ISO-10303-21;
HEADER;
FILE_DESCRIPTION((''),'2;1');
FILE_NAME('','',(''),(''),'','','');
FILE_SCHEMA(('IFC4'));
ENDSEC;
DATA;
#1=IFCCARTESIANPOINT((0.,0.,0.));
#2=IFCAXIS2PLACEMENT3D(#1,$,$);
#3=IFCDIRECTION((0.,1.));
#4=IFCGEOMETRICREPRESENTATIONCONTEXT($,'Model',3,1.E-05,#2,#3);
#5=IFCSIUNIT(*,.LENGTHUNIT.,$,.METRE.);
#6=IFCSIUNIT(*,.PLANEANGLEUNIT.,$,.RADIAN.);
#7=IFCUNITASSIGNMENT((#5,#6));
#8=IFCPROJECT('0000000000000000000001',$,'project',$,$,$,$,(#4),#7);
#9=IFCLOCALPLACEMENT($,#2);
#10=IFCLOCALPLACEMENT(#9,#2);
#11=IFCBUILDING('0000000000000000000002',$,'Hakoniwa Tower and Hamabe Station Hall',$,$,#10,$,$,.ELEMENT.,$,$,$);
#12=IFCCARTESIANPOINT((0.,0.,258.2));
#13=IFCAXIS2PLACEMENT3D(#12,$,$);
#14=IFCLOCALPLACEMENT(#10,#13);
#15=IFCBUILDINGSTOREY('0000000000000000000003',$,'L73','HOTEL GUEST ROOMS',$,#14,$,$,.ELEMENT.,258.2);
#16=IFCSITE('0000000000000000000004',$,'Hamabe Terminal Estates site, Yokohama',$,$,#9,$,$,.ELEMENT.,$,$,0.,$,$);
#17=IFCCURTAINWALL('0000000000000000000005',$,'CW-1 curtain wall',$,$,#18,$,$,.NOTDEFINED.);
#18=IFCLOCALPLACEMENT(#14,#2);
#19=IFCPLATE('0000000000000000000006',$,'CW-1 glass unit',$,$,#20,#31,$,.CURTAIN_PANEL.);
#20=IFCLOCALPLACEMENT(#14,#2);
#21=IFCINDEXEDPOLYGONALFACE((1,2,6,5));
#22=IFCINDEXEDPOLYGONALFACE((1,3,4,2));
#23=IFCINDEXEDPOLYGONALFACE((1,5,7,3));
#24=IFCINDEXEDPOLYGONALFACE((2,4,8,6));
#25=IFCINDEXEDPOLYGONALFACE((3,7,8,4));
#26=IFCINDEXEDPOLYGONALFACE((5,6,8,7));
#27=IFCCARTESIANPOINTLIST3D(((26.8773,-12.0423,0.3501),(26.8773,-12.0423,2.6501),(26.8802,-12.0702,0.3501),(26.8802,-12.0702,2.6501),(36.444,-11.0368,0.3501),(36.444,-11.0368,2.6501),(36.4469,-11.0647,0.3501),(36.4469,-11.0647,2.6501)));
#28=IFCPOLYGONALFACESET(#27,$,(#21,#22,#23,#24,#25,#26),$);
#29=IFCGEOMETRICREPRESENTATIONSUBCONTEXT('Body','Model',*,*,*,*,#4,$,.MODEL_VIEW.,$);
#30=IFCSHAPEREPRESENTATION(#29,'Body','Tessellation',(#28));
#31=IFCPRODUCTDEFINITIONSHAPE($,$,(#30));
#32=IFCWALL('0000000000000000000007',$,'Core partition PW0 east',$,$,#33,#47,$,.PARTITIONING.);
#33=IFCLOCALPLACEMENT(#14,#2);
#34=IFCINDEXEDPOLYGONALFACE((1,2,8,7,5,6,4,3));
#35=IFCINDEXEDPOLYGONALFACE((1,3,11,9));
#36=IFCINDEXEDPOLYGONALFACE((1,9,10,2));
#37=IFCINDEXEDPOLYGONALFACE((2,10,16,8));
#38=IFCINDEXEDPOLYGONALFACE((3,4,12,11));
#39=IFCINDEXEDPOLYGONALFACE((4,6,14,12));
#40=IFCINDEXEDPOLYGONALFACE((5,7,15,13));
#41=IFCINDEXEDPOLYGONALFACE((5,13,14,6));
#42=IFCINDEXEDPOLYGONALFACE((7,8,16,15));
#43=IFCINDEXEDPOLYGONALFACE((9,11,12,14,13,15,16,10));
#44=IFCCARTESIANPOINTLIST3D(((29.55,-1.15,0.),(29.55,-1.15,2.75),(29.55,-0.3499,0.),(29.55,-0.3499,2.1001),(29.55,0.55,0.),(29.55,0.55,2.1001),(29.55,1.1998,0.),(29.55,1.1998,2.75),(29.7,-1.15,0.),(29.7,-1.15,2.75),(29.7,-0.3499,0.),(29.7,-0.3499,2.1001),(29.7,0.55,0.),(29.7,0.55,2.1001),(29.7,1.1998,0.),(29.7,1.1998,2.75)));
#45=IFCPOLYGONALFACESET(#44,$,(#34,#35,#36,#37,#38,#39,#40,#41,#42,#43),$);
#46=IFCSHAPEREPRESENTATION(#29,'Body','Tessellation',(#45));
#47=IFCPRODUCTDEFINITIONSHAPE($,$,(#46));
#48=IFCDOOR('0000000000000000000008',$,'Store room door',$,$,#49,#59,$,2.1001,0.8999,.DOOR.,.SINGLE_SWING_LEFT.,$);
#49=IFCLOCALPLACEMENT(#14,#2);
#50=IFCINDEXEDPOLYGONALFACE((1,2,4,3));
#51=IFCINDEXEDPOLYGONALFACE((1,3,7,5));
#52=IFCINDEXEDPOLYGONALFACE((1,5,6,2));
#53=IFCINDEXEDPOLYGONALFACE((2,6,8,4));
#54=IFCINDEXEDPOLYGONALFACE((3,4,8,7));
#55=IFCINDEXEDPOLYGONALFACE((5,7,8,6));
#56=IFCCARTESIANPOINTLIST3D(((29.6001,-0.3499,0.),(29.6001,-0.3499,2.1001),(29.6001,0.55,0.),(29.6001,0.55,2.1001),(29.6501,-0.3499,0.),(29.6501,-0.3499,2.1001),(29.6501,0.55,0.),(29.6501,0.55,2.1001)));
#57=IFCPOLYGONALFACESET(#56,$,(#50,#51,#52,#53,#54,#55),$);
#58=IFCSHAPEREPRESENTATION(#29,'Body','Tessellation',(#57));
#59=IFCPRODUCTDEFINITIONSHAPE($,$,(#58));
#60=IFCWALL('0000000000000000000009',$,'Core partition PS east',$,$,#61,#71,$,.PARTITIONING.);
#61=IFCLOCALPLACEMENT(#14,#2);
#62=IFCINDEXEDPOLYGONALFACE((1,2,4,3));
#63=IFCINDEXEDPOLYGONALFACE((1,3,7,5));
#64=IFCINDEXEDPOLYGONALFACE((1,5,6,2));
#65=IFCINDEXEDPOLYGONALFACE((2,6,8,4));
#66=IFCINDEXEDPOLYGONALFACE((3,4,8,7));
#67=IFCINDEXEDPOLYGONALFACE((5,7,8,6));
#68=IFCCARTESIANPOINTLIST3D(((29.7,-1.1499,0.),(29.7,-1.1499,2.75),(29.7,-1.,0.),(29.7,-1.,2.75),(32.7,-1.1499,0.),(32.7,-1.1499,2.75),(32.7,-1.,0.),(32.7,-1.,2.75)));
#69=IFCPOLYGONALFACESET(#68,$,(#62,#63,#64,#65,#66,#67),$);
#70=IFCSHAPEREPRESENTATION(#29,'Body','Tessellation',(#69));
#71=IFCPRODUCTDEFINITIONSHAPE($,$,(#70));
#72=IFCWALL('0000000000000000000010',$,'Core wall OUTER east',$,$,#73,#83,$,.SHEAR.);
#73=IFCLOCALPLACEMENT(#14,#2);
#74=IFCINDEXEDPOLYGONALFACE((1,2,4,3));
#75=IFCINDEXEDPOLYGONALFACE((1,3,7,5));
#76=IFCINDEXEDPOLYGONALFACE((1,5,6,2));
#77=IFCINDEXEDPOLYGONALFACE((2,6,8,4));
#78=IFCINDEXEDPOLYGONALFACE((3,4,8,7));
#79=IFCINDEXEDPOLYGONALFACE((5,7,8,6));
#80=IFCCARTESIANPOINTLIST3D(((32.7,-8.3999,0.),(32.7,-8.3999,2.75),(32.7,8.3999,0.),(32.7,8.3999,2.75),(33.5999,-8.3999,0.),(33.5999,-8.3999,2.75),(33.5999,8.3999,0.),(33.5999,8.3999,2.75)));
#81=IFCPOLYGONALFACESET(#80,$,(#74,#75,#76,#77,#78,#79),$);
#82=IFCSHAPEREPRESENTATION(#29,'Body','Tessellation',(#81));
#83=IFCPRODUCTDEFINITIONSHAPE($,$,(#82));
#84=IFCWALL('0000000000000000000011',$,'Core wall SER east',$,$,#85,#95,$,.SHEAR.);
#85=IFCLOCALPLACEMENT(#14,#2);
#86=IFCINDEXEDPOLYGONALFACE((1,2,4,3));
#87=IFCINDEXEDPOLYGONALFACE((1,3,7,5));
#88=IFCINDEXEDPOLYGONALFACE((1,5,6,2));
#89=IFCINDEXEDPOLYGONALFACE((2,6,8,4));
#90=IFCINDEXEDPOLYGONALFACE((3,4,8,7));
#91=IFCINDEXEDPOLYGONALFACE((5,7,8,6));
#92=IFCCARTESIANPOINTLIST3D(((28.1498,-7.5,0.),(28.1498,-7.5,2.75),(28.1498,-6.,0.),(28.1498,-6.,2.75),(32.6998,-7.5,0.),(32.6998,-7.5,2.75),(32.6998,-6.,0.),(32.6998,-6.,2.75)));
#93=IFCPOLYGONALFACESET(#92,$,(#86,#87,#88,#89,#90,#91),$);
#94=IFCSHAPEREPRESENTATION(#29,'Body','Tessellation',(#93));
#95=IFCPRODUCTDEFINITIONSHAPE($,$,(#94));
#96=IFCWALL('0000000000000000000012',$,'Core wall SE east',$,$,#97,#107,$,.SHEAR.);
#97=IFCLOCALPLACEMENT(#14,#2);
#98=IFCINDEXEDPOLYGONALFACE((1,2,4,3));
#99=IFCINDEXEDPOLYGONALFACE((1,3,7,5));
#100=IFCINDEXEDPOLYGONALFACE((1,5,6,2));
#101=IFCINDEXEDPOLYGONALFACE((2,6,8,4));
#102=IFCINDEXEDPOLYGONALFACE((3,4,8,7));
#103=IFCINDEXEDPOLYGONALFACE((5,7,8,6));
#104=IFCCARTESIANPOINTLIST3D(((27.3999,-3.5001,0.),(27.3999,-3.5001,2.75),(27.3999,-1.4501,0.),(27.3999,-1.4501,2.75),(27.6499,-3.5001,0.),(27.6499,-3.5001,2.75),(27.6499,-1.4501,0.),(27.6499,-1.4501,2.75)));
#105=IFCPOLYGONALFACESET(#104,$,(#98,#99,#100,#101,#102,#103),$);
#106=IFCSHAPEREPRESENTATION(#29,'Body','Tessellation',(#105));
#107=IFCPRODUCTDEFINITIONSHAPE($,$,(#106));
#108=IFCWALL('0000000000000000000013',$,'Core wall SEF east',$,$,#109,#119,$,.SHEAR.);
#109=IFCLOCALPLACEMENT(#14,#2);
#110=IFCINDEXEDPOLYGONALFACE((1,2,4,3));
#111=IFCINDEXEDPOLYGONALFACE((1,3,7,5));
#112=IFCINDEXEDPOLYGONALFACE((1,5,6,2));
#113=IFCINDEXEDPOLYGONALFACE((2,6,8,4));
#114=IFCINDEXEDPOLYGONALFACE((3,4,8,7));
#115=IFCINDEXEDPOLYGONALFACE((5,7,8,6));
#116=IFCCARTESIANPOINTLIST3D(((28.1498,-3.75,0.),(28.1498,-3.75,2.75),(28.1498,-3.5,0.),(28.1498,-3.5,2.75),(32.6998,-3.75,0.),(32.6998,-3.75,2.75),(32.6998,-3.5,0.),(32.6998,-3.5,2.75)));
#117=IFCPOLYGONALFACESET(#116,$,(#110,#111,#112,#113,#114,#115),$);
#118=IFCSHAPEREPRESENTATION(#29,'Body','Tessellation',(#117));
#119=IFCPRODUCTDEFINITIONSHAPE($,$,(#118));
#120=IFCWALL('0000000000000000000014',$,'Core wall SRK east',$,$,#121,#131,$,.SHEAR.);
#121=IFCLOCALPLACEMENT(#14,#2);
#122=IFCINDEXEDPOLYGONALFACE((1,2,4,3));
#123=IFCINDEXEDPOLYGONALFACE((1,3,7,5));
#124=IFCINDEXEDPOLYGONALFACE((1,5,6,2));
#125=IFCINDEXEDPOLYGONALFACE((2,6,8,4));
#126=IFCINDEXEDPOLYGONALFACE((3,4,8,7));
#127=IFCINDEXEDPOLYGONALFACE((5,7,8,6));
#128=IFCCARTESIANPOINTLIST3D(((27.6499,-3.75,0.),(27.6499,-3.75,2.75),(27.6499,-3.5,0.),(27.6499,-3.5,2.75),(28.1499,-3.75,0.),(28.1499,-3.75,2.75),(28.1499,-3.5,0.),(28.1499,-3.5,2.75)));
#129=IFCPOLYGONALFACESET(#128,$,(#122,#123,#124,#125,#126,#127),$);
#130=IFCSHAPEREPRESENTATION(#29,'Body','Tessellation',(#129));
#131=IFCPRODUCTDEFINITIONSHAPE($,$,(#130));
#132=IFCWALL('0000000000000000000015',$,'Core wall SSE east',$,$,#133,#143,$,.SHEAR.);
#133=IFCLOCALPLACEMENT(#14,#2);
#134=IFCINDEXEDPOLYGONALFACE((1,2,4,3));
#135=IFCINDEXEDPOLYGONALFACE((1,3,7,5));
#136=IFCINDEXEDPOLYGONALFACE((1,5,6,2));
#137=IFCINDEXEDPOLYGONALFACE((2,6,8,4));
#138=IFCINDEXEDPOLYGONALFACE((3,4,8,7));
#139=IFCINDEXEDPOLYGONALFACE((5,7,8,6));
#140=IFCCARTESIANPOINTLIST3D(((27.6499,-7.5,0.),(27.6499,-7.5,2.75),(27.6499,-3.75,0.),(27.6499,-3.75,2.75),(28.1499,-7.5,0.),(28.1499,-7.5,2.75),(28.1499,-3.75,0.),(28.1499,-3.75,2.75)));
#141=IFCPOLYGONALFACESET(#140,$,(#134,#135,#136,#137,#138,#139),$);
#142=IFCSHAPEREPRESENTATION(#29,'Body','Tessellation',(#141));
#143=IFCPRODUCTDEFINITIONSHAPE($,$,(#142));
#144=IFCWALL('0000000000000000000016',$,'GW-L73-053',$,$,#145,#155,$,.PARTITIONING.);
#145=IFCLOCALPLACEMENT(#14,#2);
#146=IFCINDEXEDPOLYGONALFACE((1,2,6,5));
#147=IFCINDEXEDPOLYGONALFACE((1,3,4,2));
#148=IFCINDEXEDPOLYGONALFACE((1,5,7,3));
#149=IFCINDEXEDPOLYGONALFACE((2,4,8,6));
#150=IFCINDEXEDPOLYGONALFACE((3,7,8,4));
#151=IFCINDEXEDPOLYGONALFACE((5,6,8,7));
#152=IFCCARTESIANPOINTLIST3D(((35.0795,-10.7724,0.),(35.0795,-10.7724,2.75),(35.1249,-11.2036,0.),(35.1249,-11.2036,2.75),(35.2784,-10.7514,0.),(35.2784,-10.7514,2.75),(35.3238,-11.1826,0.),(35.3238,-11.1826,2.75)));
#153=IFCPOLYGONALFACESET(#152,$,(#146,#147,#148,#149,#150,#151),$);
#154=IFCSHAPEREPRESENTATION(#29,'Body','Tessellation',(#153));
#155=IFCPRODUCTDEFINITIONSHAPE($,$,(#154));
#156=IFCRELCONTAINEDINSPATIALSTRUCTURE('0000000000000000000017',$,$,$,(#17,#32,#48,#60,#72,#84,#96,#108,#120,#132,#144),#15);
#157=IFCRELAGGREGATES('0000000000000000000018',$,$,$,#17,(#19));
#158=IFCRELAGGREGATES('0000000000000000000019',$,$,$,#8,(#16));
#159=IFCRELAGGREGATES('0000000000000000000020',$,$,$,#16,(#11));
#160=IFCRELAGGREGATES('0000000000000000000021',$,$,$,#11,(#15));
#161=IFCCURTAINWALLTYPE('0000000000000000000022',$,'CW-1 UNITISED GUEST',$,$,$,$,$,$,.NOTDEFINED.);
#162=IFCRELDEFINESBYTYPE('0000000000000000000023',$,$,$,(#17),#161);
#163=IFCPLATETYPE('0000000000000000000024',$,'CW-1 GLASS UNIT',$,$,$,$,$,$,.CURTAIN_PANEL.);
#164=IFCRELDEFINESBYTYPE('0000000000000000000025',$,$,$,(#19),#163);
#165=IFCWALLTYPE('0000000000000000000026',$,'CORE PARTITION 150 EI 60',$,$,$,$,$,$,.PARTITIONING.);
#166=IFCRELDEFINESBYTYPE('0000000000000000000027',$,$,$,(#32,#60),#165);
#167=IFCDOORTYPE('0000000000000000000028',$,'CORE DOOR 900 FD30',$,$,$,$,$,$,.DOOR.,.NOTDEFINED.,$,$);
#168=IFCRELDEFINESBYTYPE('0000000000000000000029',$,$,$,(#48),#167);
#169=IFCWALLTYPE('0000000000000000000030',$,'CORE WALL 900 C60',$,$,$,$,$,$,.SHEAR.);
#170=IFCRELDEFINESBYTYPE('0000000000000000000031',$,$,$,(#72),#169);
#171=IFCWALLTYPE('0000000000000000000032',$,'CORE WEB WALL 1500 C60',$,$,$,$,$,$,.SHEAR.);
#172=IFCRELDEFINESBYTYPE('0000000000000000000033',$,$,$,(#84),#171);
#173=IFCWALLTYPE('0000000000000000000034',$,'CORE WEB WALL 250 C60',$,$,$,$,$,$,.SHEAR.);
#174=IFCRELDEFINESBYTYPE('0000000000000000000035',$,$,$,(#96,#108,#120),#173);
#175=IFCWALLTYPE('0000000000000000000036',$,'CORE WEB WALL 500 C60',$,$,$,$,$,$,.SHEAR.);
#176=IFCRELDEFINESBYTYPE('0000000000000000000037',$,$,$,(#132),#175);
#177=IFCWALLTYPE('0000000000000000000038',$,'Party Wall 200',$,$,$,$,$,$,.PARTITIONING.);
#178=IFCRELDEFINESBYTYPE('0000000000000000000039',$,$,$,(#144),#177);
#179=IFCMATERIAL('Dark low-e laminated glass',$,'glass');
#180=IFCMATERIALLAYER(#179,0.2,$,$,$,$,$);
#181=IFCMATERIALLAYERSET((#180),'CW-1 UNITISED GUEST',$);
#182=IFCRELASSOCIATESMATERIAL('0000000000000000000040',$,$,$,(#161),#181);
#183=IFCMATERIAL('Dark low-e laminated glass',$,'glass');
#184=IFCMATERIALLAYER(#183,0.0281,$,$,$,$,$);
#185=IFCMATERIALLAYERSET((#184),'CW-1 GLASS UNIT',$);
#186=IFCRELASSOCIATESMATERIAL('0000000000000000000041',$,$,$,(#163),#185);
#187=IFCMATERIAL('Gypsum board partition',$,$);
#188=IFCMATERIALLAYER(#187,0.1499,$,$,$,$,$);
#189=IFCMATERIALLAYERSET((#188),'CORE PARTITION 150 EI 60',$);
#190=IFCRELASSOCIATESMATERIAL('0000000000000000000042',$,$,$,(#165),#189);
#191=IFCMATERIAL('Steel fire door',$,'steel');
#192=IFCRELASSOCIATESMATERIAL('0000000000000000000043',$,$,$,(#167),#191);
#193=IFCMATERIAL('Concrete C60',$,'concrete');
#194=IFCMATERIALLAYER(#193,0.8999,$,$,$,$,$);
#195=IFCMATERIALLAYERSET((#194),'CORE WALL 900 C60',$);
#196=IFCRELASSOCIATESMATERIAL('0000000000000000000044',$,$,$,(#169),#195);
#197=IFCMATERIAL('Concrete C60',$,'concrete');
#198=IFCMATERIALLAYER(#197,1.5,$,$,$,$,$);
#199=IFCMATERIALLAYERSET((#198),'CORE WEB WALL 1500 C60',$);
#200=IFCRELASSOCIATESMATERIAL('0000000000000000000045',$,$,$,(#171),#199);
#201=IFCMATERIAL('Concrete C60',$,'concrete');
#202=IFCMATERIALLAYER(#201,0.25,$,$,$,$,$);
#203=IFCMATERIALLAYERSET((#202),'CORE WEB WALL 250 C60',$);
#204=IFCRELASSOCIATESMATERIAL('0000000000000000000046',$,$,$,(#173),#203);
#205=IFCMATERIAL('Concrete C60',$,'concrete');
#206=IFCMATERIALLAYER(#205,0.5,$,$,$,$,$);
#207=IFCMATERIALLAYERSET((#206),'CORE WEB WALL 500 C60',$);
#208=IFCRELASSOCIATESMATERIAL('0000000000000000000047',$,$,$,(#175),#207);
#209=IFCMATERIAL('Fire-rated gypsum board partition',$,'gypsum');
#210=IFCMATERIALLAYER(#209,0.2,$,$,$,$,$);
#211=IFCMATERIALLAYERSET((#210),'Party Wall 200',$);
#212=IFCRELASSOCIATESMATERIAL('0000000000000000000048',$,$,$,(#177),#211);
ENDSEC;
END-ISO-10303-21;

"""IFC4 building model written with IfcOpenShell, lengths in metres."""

from ifc_helpers import new_model, si_unit, direction, frame, frame_2d, origin, origin_2d, place, context, subcontext, project, spatial, rectangle, extrude, material, layer, layer_set, type_object, element, fill, aggregate, save


model = new_model("IFC4")

# Units and contexts
model_context = context("Model", 3, precision=1e-05, world=origin(), true_north=direction((0.0, 1.0)))
body_context = subcontext(model_context, "Body", "Model", "MODEL_VIEW")
ifc_project = project(units=[si_unit("LENGTHUNIT", "METRE"), si_unit("PLANEANGLEUNIT", "RADIAN")], contexts=[model_context])

# Site, building, storey
site_placement = place(None, origin())
site = spatial("IfcSite", under=ifc_project, at=site_placement, Name="Hamabe Terminal Estates site, Yokohama", CompositionType="ELEMENT", RefElevation=0.0)
building_placement = place(site_placement, origin())
building = spatial("IfcBuilding", under=site, at=building_placement, Name="Hakoniwa Tower and Hamabe Station Hall", CompositionType="ELEMENT")
storey_placement = place(building_placement, frame((0.0, 0.0, 258.2)))
storey = spatial("IfcBuildingStorey", under=building, at=storey_placement, Name="L73", Description="HOTEL GUEST ROOMS", CompositionType="ELEMENT", Elevation=258.2)

# Shared definitions
ifc_material_1 = material(Name="Dark low-e laminated glass", Category="glass")
ifc_layer_1 = layer(ifc_material_1, 0.2)
ifc_layer_set_1 = layer_set([ifc_layer_1], Name="CW-1 UNITISED GUEST")
curtain_wall_type = type_object("IfcCurtainWallType", Name="CW-1 UNITISED GUEST", PredefinedType="NOTDEFINED", material=ifc_layer_set_1)

# Curtain wall
curtain_wall_1_placement = place(storey_placement, origin())
curtain_wall_1 = element("IfcCurtainWall", 1, at=curtain_wall_1_placement, inside=storey, type_object=curtain_wall_type, Name="CW-1 curtain wall", PredefinedType="NOTDEFINED")

# Plate
ifc_material_2 = material(Name="Dark low-e laminated glass", Category="glass")
ifc_layer_2 = layer(ifc_material_2, 0.0281)
ifc_layer_set_2 = layer_set([ifc_layer_2], Name="CW-1 GLASS UNIT")
plate_type = type_object("IfcPlateType", Name="CW-1 GLASS UNIT", PredefinedType="CURTAIN_PANEL", material=ifc_layer_set_2)
plate_1_placement = place(storey_placement, frame((31.6621, -11.5535, 0.3501), z_axis=(0.0, 0.0, 1.0), x_axis=(0.994522, 0.104528, 0.0)))
plate_1 = element("IfcPlate", 2, at=plate_1_placement, type_object=plate_type, Name="CW-1 glass unit", PredefinedType="CURTAIN_PANEL", context=body_context, shape_type="SweptSolid", body=[
    extrude(rectangle(XDim=9.6194, YDim=0.0281, at=origin_2d()), origin(), (0.0, 0.0, 1.0), 2.3),
])
aggregate(curtain_wall_1, [plate_1])

# Wall, opening, door
ifc_material_3 = material(Name="Gypsum board partition")
ifc_layer_3 = layer(ifc_material_3, 0.1499)
ifc_layer_set_3 = layer_set([ifc_layer_3], Name="CORE PARTITION 150 EI 60")
wall_type_1 = type_object("IfcWallType", Name="CORE PARTITION 150 EI 60", PredefinedType="PARTITIONING", material=ifc_layer_set_3)
wall_1_placement = place(storey_placement, frame((29.625, -1.1499, 0.0), z_axis=(0.0, 0.0, 1.0), x_axis=(0.0, 1.0, 0.0)))
wall_1 = element("IfcWall", 3, at=wall_1_placement, inside=storey, type_object=wall_type_1, Name="Core partition PW0 east", PredefinedType="PARTITIONING", context=body_context, shape_type="SweptSolid", body=[
    extrude(rectangle(XDim=2.3499, YDim=0.1499, at=frame_2d((1.1748, 0.0))), origin(), (0.0, 0.0, 1.0), 2.75),
])
opening_placement = place(wall_1_placement, frame((0.8, 0.0, 0.0)))
opening = element("IfcOpeningElement", 4, at=opening_placement, cuts=wall_1, PredefinedType="OPENING", context=body_context, shape_type="SweptSolid", body=[
    extrude(rectangle(XDim=0.8999, YDim=2.1001, at=frame_2d((0.45, 1.05))), frame((0.0, 0.085, 0.0), z_axis=(0.0, -1.0, 0.0), x_axis=(1.0, 0.0, 0.0)), (0.0, 0.0, 1.0), 0.1699),
])
ifc_material_4 = material(Name="Steel fire door", Category="steel")
door_type = type_object("IfcDoorType", Name="CORE DOOR 900 FD30", OperationType="NOTDEFINED", PredefinedType="DOOR", material=ifc_material_4)
door_placement = place(opening_placement, origin())
door = element("IfcDoor", 5, at=door_placement, inside=storey, type_object=door_type, Name="Store room door", OperationType="SINGLE_SWING_LEFT", OverallHeight=2.1001, OverallWidth=0.8999, PredefinedType="DOOR", context=body_context, shape_type="SweptSolid", body=[
    extrude(rectangle(XDim=0.8999, YDim=2.1001, at=frame_2d((0.45, 1.05))), frame((0.0, 0.0249, 0.0), z_axis=(0.0, -1.0, 0.0), x_axis=(1.0, 0.0, 0.0)), (0.0, 0.0, 1.0), 0.05),
])
fill(opening, door)

# Walls
wall_2_placement = place(storey_placement, frame((29.7, -1.075, 0.0), z_axis=(0.0, 0.0, 1.0), x_axis=(1.0, 0.0, 0.0)))
element("IfcWall", 6, at=wall_2_placement, inside=storey, type_object=wall_type_1, Name="Core partition PS east", PredefinedType="PARTITIONING", context=body_context, shape_type="SweptSolid", body=[
    extrude(rectangle(XDim=3.0, YDim=0.1499, at=frame_2d((1.5, 0.0))), origin(), (0.0, 0.0, 1.0), 2.75),
])
ifc_material_5 = material(Name="Concrete C60", Category="concrete")
ifc_layer_4 = layer(ifc_material_5, 0.8999)
ifc_layer_set_4 = layer_set([ifc_layer_4], Name="CORE WALL 900 C60")
wall_type_2 = type_object("IfcWallType", Name="CORE WALL 900 C60", PredefinedType="SHEAR", material=ifc_layer_set_4)
wall_3_placement = place(storey_placement, frame((33.1499, -8.3999, 0.0), z_axis=(0.0, 0.0, 1.0), x_axis=(0.0, 1.0, 0.0)))
element("IfcWall", 7, at=wall_3_placement, inside=storey, type_object=wall_type_2, Name="Core wall OUTER east", PredefinedType="SHEAR", context=body_context, shape_type="SweptSolid", body=[
    extrude(rectangle(XDim=16.7998, YDim=0.8999, at=frame_2d((8.3999, 0.0))), origin(), (0.0, 0.0, 1.0), 2.75),
])
ifc_material_6 = material(Name="Concrete C60", Category="concrete")
ifc_layer_5 = layer(ifc_material_6, 1.5)
ifc_layer_set_5 = layer_set([ifc_layer_5], Name="CORE WEB WALL 1500 C60")
wall_type_3 = type_object("IfcWallType", Name="CORE WEB WALL 1500 C60", PredefinedType="SHEAR", material=ifc_layer_set_5)
wall_4_placement = place(storey_placement, frame((28.1499, -6.75, 0.0), z_axis=(0.0, 0.0, 1.0), x_axis=(1.0, 0.0, 0.0)))
element("IfcWall", 8, at=wall_4_placement, inside=storey, type_object=wall_type_3, Name="Core wall SER east", PredefinedType="SHEAR", context=body_context, shape_type="SweptSolid", body=[
    extrude(rectangle(XDim=4.55, YDim=1.5, at=frame_2d((2.2749, 0.0))), origin(), (0.0, 0.0, 1.0), 2.75),
])
ifc_material_7 = material(Name="Concrete C60", Category="concrete")
ifc_layer_6 = layer(ifc_material_7, 0.25)
ifc_layer_set_6 = layer_set([ifc_layer_6], Name="CORE WEB WALL 250 C60")
wall_type_4 = type_object("IfcWallType", Name="CORE WEB WALL 250 C60", PredefinedType="SHEAR", material=ifc_layer_set_6)
wall_5_placement = place(storey_placement, frame((27.5249, -3.5, 0.0), z_axis=(0.0, 0.0, 1.0), x_axis=(0.0, 1.0, 0.0)))
element("IfcWall", 9, at=wall_5_placement, inside=storey, type_object=wall_type_4, Name="Core wall SE east", PredefinedType="SHEAR", context=body_context, shape_type="SweptSolid", body=[
    extrude(rectangle(XDim=2.05, YDim=0.25, at=frame_2d((1.0249, 0.0))), origin(), (0.0, 0.0, 1.0), 2.75),
])
wall_6_placement = place(storey_placement, frame((28.1499, -3.625, 0.0), z_axis=(0.0, 0.0, 1.0), x_axis=(1.0, 0.0, 0.0)))
element("IfcWall", 10, at=wall_6_placement, inside=storey, type_object=wall_type_4, Name="Core wall SEF east", PredefinedType="SHEAR", context=body_context, shape_type="SweptSolid", body=[
    extrude(rectangle(XDim=4.55, YDim=0.25, at=frame_2d((2.2749, 0.0))), origin(), (0.0, 0.0, 1.0), 2.75),
])
wall_7_placement = place(storey_placement, frame((27.6499, -3.625, 0.0), z_axis=(0.0, 0.0, 1.0), x_axis=(1.0, 0.0, 0.0)))
element("IfcWall", 11, at=wall_7_placement, inside=storey, type_object=wall_type_4, Name="Core wall SRK east", PredefinedType="SHEAR", context=body_context, shape_type="SweptSolid", body=[
    extrude(rectangle(XDim=0.5, YDim=0.25, at=frame_2d((0.25, 0.0))), origin(), (0.0, 0.0, 1.0), 2.75),
])
ifc_material_8 = material(Name="Concrete C60", Category="concrete")
ifc_layer_7 = layer(ifc_material_8, 0.5)
ifc_layer_set_7 = layer_set([ifc_layer_7], Name="CORE WEB WALL 500 C60")
wall_type_5 = type_object("IfcWallType", Name="CORE WEB WALL 500 C60", PredefinedType="SHEAR", material=ifc_layer_set_7)
wall_8_placement = place(storey_placement, frame((27.8999, -7.5, 0.0), z_axis=(0.0, 0.0, 1.0), x_axis=(0.0, 1.0, 0.0)))
element("IfcWall", 12, at=wall_8_placement, inside=storey, type_object=wall_type_5, Name="Core wall SSE east", PredefinedType="SHEAR", context=body_context, shape_type="SweptSolid", body=[
    extrude(rectangle(XDim=3.75, YDim=0.5, at=frame_2d((1.875, 0.0))), origin(), (0.0, 0.0, 1.0), 2.75),
])
ifc_material_9 = material(Name="Fire-rated gypsum board partition", Category="gypsum")
ifc_layer_8 = layer(ifc_material_9, 0.2)
ifc_layer_set_8 = layer_set([ifc_layer_8], Name="Party Wall 200")
wall_type_6 = type_object("IfcWallType", Name="Party Wall 200", PredefinedType="PARTITIONING", material=ifc_layer_set_8)
wall_9_placement = place(storey_placement, frame((35.2244, -11.1931, 0.0), z_axis=(0.0, 0.0, 1.0), x_axis=(-0.104743, 0.994499, 0.0)))
element("IfcWall", 13, at=wall_9_placement, inside=storey, type_object=wall_type_6, Name="GW-L73-053", PredefinedType="PARTITIONING", context=body_context, shape_type="SweptSolid", body=[
    extrude(rectangle(XDim=0.4336, YDim=0.2, at=frame_2d((0.2168, 0.0))), origin(), (0.0, 0.0, 1.0), 2.75),
])

save(model, "model.ifc")
